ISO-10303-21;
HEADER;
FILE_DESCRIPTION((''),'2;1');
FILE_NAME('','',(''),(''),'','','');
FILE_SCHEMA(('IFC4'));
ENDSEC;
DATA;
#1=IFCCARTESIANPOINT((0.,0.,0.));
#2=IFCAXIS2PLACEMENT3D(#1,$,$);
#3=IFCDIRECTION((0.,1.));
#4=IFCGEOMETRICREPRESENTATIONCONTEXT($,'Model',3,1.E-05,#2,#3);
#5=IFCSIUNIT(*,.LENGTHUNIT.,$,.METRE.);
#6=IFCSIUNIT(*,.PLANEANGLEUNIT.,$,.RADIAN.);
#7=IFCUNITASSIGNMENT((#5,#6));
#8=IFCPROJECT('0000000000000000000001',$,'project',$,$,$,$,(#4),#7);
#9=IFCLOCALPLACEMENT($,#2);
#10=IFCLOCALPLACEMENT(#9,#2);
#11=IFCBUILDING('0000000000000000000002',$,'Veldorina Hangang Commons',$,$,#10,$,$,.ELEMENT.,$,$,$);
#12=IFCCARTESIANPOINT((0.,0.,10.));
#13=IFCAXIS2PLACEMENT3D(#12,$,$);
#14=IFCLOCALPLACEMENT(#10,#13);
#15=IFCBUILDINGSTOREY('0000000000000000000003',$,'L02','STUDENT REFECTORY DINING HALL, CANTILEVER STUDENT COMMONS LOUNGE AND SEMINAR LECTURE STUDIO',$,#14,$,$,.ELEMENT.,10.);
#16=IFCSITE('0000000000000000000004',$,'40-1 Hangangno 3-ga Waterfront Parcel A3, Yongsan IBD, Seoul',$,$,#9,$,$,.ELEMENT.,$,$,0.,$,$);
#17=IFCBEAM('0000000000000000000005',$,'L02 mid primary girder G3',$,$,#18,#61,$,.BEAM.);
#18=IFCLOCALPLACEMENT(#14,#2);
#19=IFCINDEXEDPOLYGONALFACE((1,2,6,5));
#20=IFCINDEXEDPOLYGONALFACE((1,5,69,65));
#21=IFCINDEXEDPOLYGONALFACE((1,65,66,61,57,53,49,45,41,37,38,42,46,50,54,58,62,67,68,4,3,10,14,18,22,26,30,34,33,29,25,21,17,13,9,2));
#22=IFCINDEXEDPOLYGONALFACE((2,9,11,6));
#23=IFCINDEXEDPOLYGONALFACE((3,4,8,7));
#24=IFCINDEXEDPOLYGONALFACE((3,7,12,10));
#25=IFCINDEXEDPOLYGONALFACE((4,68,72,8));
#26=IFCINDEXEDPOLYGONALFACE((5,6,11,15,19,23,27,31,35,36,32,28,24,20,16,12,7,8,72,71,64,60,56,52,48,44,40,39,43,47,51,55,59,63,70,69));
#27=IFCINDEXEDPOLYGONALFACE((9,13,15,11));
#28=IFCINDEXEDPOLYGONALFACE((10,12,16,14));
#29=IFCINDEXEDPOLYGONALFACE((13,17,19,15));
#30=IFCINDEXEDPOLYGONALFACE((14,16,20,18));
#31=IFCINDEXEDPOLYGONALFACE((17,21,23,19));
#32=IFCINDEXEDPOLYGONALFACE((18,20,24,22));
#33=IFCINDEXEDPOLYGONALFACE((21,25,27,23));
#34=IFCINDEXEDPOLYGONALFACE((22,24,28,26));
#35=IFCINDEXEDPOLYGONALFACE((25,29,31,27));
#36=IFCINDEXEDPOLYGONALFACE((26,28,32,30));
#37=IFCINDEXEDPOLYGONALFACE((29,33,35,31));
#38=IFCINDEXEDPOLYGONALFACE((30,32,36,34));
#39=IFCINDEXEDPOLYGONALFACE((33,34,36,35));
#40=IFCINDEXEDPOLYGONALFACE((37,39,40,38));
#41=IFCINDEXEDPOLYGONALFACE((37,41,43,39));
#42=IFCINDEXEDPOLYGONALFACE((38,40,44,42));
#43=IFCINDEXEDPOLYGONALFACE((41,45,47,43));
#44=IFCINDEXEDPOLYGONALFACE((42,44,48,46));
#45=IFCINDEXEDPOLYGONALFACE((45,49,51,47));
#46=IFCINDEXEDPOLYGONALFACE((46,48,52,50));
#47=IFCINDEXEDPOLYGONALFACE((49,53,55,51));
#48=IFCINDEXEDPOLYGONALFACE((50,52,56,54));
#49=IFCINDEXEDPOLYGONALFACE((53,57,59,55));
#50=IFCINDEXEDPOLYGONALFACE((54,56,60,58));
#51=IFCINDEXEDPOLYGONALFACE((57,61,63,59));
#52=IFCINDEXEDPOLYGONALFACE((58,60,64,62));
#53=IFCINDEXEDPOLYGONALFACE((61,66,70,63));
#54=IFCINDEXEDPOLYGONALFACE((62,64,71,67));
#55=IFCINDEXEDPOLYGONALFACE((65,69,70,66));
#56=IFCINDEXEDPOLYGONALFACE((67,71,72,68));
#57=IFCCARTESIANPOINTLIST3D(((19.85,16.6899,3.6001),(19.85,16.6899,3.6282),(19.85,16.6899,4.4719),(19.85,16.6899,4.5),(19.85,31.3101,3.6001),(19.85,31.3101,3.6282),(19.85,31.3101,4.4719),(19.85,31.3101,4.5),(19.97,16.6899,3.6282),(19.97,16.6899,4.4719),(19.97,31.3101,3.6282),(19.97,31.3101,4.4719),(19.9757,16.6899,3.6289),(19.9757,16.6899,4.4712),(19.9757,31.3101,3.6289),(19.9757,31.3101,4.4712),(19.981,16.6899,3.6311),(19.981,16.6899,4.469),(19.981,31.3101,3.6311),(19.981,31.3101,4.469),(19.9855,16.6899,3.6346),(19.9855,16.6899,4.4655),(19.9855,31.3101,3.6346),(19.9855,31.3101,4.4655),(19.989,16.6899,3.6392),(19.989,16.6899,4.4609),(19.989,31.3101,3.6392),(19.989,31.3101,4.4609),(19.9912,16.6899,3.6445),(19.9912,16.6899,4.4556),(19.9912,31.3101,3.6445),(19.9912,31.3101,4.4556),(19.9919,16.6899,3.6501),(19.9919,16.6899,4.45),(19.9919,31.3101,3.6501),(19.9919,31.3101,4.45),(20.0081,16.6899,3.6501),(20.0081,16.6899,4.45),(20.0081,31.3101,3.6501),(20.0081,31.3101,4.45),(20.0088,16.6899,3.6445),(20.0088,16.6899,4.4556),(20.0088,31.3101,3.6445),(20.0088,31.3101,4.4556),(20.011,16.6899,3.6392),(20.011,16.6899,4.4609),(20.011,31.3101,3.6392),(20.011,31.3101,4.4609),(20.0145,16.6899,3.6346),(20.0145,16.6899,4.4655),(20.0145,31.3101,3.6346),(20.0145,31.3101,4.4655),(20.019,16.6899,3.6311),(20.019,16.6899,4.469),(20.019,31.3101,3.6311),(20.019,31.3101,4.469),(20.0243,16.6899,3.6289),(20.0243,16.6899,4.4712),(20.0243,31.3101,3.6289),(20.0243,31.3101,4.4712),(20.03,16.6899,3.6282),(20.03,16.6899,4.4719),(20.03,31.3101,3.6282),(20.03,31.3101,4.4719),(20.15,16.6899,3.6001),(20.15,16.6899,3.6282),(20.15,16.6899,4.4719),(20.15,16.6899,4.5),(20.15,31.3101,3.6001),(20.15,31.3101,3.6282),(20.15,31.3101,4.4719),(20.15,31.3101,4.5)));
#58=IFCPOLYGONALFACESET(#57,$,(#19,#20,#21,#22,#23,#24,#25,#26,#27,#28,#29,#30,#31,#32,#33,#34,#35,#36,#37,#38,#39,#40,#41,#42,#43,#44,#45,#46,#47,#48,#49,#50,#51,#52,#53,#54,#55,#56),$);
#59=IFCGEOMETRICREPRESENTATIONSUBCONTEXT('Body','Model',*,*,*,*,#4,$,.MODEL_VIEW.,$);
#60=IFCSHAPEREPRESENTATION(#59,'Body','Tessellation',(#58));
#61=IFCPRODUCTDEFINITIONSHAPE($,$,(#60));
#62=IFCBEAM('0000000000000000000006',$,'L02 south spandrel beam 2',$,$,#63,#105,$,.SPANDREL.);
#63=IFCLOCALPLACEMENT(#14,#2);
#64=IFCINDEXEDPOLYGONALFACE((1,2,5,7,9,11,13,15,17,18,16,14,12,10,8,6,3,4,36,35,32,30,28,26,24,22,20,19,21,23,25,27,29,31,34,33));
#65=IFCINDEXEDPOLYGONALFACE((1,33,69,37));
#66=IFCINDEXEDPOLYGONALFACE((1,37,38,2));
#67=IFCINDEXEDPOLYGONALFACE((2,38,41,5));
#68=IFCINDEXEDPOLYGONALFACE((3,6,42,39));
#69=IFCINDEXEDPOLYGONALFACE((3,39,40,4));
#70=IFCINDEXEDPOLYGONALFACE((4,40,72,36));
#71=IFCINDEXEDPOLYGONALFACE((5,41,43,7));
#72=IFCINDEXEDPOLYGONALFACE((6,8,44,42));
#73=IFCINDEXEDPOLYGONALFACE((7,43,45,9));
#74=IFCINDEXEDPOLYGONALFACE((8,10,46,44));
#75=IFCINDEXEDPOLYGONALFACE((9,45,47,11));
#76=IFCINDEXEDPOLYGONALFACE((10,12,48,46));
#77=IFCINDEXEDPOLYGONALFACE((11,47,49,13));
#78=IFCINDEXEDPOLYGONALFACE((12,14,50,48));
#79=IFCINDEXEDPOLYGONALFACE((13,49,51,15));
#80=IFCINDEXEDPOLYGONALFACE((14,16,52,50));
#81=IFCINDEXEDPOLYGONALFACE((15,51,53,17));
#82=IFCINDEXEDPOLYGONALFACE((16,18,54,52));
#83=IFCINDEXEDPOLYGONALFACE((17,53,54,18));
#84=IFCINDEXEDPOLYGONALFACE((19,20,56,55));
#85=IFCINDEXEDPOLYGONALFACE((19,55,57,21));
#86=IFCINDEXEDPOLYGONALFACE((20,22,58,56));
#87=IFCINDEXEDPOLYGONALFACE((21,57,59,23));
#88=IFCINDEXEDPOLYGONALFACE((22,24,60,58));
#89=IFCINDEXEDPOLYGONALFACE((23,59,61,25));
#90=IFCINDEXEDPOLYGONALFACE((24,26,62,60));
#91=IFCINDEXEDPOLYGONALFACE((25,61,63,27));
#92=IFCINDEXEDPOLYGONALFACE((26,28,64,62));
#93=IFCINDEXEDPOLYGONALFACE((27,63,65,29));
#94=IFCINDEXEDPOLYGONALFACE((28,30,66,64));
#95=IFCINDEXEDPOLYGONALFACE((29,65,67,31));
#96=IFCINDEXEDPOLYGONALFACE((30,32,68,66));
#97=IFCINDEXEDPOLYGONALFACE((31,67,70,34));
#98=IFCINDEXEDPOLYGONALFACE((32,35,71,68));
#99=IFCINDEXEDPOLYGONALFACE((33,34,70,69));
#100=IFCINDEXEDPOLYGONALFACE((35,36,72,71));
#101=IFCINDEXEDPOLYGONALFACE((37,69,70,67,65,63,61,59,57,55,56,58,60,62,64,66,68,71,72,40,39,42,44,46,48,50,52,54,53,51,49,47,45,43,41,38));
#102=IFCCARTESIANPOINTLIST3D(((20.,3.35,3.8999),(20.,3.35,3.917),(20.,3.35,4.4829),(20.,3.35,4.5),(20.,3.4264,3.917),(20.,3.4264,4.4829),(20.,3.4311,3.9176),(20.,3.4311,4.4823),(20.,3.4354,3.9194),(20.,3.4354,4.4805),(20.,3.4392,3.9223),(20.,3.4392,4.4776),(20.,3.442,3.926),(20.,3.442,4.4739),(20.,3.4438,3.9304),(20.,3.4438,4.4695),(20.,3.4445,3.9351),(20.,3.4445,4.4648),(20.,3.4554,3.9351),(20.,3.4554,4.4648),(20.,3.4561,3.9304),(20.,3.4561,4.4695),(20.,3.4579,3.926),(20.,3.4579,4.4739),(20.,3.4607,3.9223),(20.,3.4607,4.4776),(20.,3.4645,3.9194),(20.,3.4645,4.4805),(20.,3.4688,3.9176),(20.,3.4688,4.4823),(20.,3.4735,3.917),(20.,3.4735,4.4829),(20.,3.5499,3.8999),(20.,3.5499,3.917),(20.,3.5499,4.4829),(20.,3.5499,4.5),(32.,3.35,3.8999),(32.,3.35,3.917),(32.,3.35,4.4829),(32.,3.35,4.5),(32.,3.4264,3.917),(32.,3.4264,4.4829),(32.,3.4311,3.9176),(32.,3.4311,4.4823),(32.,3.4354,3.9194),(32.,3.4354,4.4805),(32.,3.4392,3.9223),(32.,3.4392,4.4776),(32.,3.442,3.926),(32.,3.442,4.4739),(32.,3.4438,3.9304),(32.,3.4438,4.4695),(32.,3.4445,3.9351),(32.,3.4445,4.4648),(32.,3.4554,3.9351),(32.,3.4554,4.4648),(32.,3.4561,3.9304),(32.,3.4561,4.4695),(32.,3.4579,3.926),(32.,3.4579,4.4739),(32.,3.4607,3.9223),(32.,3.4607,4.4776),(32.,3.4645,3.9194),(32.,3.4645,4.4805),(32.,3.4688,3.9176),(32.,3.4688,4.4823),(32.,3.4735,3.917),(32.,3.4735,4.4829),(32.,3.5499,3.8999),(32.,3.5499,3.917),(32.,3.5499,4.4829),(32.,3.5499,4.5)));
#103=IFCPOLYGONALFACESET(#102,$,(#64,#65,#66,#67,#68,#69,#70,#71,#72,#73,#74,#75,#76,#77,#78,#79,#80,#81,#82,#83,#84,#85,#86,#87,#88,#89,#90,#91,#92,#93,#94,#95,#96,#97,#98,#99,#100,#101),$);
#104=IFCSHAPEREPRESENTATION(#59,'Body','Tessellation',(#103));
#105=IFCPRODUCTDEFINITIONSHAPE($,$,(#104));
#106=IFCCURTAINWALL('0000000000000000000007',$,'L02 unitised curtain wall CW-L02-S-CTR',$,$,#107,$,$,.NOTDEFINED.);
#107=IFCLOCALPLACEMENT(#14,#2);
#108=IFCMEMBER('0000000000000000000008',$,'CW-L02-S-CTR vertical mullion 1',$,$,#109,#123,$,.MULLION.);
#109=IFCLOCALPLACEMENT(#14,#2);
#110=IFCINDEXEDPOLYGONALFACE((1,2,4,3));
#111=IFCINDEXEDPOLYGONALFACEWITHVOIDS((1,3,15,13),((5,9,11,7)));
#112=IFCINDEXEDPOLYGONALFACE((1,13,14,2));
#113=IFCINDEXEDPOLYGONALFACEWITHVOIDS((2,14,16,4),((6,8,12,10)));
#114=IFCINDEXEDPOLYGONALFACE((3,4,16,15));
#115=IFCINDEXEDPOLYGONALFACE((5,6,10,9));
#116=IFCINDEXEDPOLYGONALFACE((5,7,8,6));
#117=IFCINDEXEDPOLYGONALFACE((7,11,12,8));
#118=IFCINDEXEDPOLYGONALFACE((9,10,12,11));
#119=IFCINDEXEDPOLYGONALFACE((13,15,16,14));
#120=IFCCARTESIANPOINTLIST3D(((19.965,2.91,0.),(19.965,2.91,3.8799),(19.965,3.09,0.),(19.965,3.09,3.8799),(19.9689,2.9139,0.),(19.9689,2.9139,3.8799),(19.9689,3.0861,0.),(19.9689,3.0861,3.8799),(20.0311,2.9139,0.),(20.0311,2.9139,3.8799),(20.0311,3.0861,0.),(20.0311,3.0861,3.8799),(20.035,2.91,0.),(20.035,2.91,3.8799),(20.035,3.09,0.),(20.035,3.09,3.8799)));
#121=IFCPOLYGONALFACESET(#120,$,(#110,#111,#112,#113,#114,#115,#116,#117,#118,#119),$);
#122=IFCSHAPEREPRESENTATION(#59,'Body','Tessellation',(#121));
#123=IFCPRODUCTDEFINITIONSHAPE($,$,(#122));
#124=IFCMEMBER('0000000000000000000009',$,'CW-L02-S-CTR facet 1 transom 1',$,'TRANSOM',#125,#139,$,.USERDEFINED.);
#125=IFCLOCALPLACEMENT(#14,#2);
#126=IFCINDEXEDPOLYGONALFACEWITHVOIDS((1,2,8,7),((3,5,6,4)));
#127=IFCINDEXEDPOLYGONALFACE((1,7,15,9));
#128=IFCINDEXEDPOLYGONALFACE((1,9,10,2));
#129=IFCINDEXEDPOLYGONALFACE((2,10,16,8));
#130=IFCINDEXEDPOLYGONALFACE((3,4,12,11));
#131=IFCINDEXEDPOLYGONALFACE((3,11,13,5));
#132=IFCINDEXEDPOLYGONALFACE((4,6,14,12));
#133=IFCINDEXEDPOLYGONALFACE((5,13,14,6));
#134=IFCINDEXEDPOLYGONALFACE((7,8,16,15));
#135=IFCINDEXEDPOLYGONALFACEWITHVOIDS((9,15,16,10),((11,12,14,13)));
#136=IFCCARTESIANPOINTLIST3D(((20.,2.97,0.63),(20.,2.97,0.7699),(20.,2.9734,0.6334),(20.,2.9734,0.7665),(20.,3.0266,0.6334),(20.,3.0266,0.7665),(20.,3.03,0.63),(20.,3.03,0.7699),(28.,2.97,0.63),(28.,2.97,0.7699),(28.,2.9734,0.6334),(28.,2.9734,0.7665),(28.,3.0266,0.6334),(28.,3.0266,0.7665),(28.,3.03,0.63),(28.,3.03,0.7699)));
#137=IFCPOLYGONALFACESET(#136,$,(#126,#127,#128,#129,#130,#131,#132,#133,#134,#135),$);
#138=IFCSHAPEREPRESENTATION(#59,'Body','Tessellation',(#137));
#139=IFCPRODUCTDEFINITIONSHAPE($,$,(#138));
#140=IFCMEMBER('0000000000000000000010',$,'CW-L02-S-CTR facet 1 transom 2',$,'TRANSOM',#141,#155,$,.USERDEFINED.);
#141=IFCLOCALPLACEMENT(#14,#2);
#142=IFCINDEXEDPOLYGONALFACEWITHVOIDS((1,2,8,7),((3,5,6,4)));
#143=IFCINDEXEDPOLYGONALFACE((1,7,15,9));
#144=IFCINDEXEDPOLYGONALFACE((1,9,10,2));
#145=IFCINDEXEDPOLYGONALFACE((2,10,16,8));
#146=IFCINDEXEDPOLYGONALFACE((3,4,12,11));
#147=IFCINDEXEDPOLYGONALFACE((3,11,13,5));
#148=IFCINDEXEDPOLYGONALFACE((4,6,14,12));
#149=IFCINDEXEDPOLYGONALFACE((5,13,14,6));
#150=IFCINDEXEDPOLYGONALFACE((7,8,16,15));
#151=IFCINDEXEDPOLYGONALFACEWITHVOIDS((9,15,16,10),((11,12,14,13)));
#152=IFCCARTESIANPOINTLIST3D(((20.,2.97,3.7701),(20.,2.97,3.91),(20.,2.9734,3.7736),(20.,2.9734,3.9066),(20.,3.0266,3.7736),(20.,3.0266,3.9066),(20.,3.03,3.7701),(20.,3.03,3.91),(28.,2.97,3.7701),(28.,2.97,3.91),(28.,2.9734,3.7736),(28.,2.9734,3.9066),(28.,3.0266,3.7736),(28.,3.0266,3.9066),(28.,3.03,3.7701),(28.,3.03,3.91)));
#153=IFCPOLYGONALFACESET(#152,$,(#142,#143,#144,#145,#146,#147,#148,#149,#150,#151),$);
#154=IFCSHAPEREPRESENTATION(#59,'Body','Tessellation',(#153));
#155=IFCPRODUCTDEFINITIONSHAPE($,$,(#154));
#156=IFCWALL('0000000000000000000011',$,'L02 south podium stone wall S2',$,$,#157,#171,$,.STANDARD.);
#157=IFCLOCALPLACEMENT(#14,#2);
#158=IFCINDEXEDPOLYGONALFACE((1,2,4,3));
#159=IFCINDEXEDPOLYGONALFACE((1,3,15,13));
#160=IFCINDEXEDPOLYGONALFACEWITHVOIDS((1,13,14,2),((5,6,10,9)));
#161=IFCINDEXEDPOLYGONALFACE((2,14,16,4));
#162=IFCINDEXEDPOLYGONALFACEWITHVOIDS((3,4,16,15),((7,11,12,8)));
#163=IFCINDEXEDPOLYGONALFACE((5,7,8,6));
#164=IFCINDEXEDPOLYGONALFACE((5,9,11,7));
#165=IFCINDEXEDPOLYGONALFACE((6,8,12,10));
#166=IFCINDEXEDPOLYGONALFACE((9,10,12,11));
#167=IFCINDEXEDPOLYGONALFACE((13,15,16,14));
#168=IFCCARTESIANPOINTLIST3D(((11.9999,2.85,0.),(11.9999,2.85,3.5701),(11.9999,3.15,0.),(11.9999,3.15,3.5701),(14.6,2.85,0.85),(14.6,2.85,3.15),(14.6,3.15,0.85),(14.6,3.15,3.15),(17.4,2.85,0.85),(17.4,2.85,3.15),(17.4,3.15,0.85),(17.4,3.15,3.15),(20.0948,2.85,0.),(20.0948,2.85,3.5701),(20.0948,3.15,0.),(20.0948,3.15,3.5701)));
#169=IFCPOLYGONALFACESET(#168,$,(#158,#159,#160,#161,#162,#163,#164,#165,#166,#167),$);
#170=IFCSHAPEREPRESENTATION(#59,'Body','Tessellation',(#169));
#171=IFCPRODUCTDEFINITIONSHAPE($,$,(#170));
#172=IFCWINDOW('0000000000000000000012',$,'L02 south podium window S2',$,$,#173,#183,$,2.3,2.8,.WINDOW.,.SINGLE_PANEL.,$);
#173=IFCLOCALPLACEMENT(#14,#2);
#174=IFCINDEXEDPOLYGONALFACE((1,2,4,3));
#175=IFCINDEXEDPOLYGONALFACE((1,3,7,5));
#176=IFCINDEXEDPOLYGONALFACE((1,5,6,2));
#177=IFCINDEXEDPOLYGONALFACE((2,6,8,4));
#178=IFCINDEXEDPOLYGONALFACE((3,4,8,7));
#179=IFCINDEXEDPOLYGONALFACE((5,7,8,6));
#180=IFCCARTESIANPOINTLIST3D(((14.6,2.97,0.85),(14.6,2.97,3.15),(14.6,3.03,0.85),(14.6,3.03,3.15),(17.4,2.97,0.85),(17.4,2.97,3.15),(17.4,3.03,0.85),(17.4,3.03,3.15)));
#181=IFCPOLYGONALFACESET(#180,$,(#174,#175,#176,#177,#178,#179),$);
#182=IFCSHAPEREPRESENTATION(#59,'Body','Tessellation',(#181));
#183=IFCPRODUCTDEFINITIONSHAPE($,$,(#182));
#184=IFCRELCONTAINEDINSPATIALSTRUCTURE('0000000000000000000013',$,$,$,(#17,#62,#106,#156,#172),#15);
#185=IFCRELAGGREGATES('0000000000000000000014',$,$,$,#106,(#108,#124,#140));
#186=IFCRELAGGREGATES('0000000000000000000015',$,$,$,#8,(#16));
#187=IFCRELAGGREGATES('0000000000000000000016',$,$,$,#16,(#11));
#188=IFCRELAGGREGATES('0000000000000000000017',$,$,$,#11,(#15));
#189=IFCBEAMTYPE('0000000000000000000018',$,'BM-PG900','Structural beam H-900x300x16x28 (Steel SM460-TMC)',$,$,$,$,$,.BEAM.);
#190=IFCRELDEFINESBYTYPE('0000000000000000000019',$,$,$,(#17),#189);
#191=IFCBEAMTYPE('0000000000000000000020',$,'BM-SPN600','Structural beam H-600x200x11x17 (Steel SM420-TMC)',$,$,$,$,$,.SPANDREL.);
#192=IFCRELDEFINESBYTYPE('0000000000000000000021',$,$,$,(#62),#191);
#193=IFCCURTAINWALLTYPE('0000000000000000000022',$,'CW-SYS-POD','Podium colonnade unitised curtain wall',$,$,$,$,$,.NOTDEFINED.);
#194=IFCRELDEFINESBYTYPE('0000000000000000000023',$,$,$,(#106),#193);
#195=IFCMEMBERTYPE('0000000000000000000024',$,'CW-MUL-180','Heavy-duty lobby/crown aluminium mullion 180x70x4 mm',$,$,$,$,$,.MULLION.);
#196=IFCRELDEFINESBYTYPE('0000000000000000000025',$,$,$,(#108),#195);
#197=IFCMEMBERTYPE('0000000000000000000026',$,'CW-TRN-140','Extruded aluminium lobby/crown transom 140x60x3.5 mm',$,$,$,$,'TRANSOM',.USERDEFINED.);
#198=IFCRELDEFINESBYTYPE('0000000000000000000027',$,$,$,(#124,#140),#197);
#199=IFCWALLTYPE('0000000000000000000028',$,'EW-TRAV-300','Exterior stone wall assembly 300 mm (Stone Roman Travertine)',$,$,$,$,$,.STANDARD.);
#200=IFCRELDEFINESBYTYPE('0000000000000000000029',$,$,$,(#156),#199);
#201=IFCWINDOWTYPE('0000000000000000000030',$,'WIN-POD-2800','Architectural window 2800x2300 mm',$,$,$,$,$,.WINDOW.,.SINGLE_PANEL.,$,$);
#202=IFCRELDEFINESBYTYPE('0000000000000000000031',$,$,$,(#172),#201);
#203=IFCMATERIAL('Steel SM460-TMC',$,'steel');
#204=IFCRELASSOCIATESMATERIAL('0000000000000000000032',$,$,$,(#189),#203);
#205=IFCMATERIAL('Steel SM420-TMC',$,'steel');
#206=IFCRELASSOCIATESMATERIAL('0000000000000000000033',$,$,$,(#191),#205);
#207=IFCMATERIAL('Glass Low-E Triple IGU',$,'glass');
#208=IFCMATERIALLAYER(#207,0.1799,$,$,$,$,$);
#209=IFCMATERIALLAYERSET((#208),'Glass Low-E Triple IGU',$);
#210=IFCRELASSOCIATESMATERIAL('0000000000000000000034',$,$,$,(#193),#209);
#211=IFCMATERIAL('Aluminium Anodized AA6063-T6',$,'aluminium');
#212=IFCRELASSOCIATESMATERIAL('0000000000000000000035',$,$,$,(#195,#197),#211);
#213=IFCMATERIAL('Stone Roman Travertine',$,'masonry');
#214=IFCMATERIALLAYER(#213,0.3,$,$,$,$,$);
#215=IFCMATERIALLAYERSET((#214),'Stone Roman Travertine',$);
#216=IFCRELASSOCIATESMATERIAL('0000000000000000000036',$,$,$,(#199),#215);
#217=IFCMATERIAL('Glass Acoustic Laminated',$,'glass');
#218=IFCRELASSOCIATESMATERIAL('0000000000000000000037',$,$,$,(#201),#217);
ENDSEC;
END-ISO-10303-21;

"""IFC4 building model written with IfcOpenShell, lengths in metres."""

from ifc_helpers import new_model, si_unit, direction, frame, frame_2d, origin, origin_2d, place, context, subcontext, project, spatial, rectangle, hollow_rectangle, i_section, extrude, material, layer, layer_set, material_profile, profile_set, type_object, element, fill, aggregate, save


model = new_model("IFC4")

# Units and contexts
model_context = context("Model", 3, precision=1e-05, world=origin(), true_north=direction((0.0, 1.0)))
body_context = subcontext(model_context, "Body", "Model", "MODEL_VIEW")
ifc_project = project(units=[si_unit("LENGTHUNIT", "METRE"), si_unit("PLANEANGLEUNIT", "RADIAN")], contexts=[model_context])

# Site, building, storey
site_placement = place(None, origin())
site = spatial("IfcSite", under=ifc_project, at=site_placement, Name="40-1 Hangangno 3-ga Waterfront Parcel A3, Yongsan IBD, Seoul", CompositionType="ELEMENT", RefElevation=0.0)
building_placement = place(site_placement, origin())
building = spatial("IfcBuilding", under=site, at=building_placement, Name="Veldorina Hangang Commons", CompositionType="ELEMENT")
storey_placement = place(building_placement, frame((0.0, 0.0, 10.0)))
storey = spatial("IfcBuildingStorey", under=building, at=storey_placement, Name="L02", Description="STUDENT REFECTORY DINING HALL, CANTILEVER STUDENT COMMONS LOUNGE AND SEMINAR LECTURE STUDIO", CompositionType="ELEMENT", Elevation=10.0)

# Shared definitions
ifc_material_1 = material(Name="Steel SM420-TMC", Category="steel")

# Beams
ifc_material_2 = material(Name="Steel SM460-TMC", Category="steel")
ifc_material_profile_1 = material_profile(ifc_material_2, i_section(OverallWidth=0.3, OverallDepth=0.8999, WebThickness=0.0161, FlangeThickness=0.0281, FilletRadius=0.022, at=origin_2d()), Name="H-900x300x16x28")
ifc_profile_set_1 = profile_set([ifc_material_profile_1], Name="Steel SM460-TMC")
beam_type_1 = type_object("IfcBeamType", Name="BM-PG900", Description="Structural beam H-900x300x16x28 (Steel SM460-TMC)", PredefinedType="BEAM", material=ifc_profile_set_1)
beam_1_placement = place(storey_placement, frame((20.0, 16.6899, 4.05), z_axis=(0.0, 1.0, 0.0), x_axis=(-1.0, 0.0, 0.0)))
element("IfcBeam", 1, at=beam_1_placement, inside=storey, type_object=beam_type_1, Name="L02 mid primary girder G3", PredefinedType="BEAM", context=body_context, shape_type="SweptSolid", body=[
    extrude(i_section(OverallWidth=0.3, OverallDepth=0.8999, WebThickness=0.0161, FlangeThickness=0.0281, FilletRadius=0.022, at=origin_2d()), origin(), (0.0, 0.0, 1.0), 14.6201),
])
ifc_material_profile_2 = material_profile(ifc_material_1, i_section(OverallWidth=0.2, OverallDepth=0.6001, WebThickness=0.011, FlangeThickness=0.0171, FilletRadius=0.0181, at=origin_2d()), Name="H-600x200x11x17")
ifc_profile_set_2 = profile_set([ifc_material_profile_2], Name="Steel SM420-TMC")
beam_type_2 = type_object("IfcBeamType", Name="BM-SPN600", Description="Structural beam H-600x200x11x17 (Steel SM420-TMC)", PredefinedType="SPANDREL", material=ifc_profile_set_2)
beam_2_placement = place(storey_placement, frame((20.0, 3.45, 4.2), z_axis=(1.0, 0.0, 0.0), x_axis=(0.0, 1.0, 0.0)))
element("IfcBeam", 2, at=beam_2_placement, inside=storey, type_object=beam_type_2, Name="L02 south spandrel beam 2", PredefinedType="SPANDREL", context=body_context, shape_type="SweptSolid", body=[
    extrude(i_section(OverallWidth=0.2, OverallDepth=0.6001, WebThickness=0.011, FlangeThickness=0.0171, FilletRadius=0.0181, at=origin_2d()), origin(), (0.0, 0.0, 1.0), 12.0),
])

# Curtain wall, members
ifc_material_3 = material(Name="Glass Low-E Triple IGU", Category="glass")
ifc_layer_1 = layer(ifc_material_3, 0.1799)
ifc_layer_set_1 = layer_set([ifc_layer_1], Name="Glass Low-E Triple IGU")
curtain_wall_type = type_object("IfcCurtainWallType", Name="CW-SYS-POD", Description="Podium colonnade unitised curtain wall", PredefinedType="NOTDEFINED", material=ifc_layer_set_1)
curtain_wall_placement = place(storey_placement, origin())
curtain_wall = element("IfcCurtainWall", 3, at=curtain_wall_placement, inside=storey, type_object=curtain_wall_type, Name="L02 unitised curtain wall CW-L02-S-CTR", PredefinedType="NOTDEFINED")
ifc_material_4 = material(Name="Aluminium Anodized AA6063-T6", Category="aluminium")
ifc_material_profile_3 = material_profile(ifc_material_4, hollow_rectangle(XDim=0.0701, YDim=0.1799, WallThickness=0.0039, at=origin_2d()), Name="ALU-RHS-180x70x4")
ifc_profile_set_3 = profile_set([ifc_material_profile_3], Name="Aluminium Anodized AA6063-T6")
member_type_1 = type_object("IfcMemberType", Name="CW-MUL-180", Description="Heavy-duty lobby/crown aluminium mullion 180x70x4 mm", PredefinedType="MULLION", material=ifc_profile_set_3)
member_1_placement = place(storey_placement, frame((20.0, 3.0, 0.0), z_axis=(0.0, 0.0, 1.0), x_axis=(1.0, 0.0, 0.0)))
member_1 = element("IfcMember", 4, at=member_1_placement, type_object=member_type_1, Name="CW-L02-S-CTR vertical mullion 1", PredefinedType="MULLION", context=body_context, shape_type="SweptSolid", body=[
    extrude(hollow_rectangle(XDim=0.0701, YDim=0.1799, WallThickness=0.0039, at=origin_2d()), origin(), (0.0, 0.0, 1.0), 3.8799),
])
ifc_material_profile_4 = material_profile(ifc_material_4, hollow_rectangle(XDim=0.0601, YDim=0.1399, WallThickness=0.0034, at=origin_2d()), Name="ALU-RHS-140x60x3.5")
ifc_profile_set_4 = profile_set([ifc_material_profile_4], Name="Aluminium Anodized AA6063-T6")
member_type_2 = type_object("IfcMemberType", Name="CW-TRN-140", Description="Extruded aluminium lobby/crown transom 140x60x3.5 mm", ElementType="TRANSOM", PredefinedType="USERDEFINED", material=ifc_profile_set_4)
member_2_placement = place(storey_placement, frame((20.0, 3.0, 0.7), z_axis=(1.0, 0.0, 0.0), x_axis=(0.0, 1.0, 0.0)))
member_2 = element("IfcMember", 5, at=member_2_placement, type_object=member_type_2, Name="CW-L02-S-CTR facet 1 transom 1", ObjectType="TRANSOM", PredefinedType="USERDEFINED", context=body_context, shape_type="SweptSolid", body=[
    extrude(hollow_rectangle(XDim=0.0601, YDim=0.1399, WallThickness=0.0034, at=origin_2d()), origin(), (0.0, 0.0, 1.0), 8.0),
])
member_3_placement = place(storey_placement, frame((20.0, 3.0, 3.8401), z_axis=(1.0, 0.0, 0.0), x_axis=(0.0, 1.0, 0.0)))
member_3 = element("IfcMember", 6, at=member_3_placement, type_object=member_type_2, Name="CW-L02-S-CTR facet 1 transom 2", ObjectType="TRANSOM", PredefinedType="USERDEFINED", context=body_context, shape_type="SweptSolid", body=[
    extrude(hollow_rectangle(XDim=0.0601, YDim=0.1399, WallThickness=0.0034, at=origin_2d()), origin(), (0.0, 0.0, 1.0), 8.0),
])
aggregate(curtain_wall, [member_1, member_2, member_3])

# Wall, opening, window
ifc_material_5 = material(Name="Stone Roman Travertine", Category="masonry")
ifc_layer_2 = layer(ifc_material_5, 0.3)
ifc_layer_set_2 = layer_set([ifc_layer_2], Name="Stone Roman Travertine")
wall_type_1 = type_object("IfcWallType", Name="EW-TRAV-300", Description="Exterior stone wall assembly 300 mm (Stone Roman Travertine)", PredefinedType="STANDARD", material=ifc_layer_set_2)
wall_1_placement = place(storey_placement, frame((12.0, 3.0, 0.0), z_axis=(0.0, 0.0, 1.0), x_axis=(1.0, 0.0, 0.0)))
wall_1 = element("IfcWall", 7, at=wall_1_placement, inside=storey, type_object=wall_type_1, Name="L02 south podium stone wall S2", PredefinedType="STANDARD", context=body_context, shape_type="SweptSolid", body=[
    extrude(rectangle(XDim=8.095, YDim=0.3, at=frame_2d((4.0474, 0.0))), origin(), (0.0, 0.0, 1.0), 3.5701),
])
opening_1_placement = place(wall_1_placement, frame((2.6001, 0.0, 0.8501)))
opening_1 = element("IfcOpeningElement", 8, at=opening_1_placement, cuts=wall_1, PredefinedType="OPENING", context=body_context, shape_type="SweptSolid", body=[
    extrude(rectangle(XDim=2.8, YDim=2.3, at=frame_2d((1.3999, 1.1499))), frame((0.0, 0.1602, 0.0), z_axis=(0.0, -1.0, 0.0), x_axis=(1.0, 0.0, 0.0)), (0.0, 0.0, 1.0), 0.3201),
])
ifc_material_6 = material(Name="Glass Acoustic Laminated", Category="glass")
window_type = type_object("IfcWindowType", Name="WIN-POD-2800", Description="Architectural window 2800x2300 mm", PartitioningType="SINGLE_PANEL", PredefinedType="WINDOW", material=ifc_material_6)
window_placement = place(opening_1_placement, origin())
window = element("IfcWindow", 9, at=window_placement, inside=storey, type_object=window_type, Name="L02 south podium window S2", OverallHeight=2.3, OverallWidth=2.8, PartitioningType="SINGLE_PANEL", PredefinedType="WINDOW", context=body_context, shape_type="SweptSolid", body=[
    extrude(rectangle(XDim=2.8, YDim=2.3, at=frame_2d((1.3999, 1.1499))), frame((0.0, 0.03, 0.0), z_axis=(0.0, -1.0, 0.0), x_axis=(1.0, 0.0, 0.0)), (0.0, 0.0, 1.0), 0.0601),
])
fill(opening_1, window)

save(model, "model.ifc")
